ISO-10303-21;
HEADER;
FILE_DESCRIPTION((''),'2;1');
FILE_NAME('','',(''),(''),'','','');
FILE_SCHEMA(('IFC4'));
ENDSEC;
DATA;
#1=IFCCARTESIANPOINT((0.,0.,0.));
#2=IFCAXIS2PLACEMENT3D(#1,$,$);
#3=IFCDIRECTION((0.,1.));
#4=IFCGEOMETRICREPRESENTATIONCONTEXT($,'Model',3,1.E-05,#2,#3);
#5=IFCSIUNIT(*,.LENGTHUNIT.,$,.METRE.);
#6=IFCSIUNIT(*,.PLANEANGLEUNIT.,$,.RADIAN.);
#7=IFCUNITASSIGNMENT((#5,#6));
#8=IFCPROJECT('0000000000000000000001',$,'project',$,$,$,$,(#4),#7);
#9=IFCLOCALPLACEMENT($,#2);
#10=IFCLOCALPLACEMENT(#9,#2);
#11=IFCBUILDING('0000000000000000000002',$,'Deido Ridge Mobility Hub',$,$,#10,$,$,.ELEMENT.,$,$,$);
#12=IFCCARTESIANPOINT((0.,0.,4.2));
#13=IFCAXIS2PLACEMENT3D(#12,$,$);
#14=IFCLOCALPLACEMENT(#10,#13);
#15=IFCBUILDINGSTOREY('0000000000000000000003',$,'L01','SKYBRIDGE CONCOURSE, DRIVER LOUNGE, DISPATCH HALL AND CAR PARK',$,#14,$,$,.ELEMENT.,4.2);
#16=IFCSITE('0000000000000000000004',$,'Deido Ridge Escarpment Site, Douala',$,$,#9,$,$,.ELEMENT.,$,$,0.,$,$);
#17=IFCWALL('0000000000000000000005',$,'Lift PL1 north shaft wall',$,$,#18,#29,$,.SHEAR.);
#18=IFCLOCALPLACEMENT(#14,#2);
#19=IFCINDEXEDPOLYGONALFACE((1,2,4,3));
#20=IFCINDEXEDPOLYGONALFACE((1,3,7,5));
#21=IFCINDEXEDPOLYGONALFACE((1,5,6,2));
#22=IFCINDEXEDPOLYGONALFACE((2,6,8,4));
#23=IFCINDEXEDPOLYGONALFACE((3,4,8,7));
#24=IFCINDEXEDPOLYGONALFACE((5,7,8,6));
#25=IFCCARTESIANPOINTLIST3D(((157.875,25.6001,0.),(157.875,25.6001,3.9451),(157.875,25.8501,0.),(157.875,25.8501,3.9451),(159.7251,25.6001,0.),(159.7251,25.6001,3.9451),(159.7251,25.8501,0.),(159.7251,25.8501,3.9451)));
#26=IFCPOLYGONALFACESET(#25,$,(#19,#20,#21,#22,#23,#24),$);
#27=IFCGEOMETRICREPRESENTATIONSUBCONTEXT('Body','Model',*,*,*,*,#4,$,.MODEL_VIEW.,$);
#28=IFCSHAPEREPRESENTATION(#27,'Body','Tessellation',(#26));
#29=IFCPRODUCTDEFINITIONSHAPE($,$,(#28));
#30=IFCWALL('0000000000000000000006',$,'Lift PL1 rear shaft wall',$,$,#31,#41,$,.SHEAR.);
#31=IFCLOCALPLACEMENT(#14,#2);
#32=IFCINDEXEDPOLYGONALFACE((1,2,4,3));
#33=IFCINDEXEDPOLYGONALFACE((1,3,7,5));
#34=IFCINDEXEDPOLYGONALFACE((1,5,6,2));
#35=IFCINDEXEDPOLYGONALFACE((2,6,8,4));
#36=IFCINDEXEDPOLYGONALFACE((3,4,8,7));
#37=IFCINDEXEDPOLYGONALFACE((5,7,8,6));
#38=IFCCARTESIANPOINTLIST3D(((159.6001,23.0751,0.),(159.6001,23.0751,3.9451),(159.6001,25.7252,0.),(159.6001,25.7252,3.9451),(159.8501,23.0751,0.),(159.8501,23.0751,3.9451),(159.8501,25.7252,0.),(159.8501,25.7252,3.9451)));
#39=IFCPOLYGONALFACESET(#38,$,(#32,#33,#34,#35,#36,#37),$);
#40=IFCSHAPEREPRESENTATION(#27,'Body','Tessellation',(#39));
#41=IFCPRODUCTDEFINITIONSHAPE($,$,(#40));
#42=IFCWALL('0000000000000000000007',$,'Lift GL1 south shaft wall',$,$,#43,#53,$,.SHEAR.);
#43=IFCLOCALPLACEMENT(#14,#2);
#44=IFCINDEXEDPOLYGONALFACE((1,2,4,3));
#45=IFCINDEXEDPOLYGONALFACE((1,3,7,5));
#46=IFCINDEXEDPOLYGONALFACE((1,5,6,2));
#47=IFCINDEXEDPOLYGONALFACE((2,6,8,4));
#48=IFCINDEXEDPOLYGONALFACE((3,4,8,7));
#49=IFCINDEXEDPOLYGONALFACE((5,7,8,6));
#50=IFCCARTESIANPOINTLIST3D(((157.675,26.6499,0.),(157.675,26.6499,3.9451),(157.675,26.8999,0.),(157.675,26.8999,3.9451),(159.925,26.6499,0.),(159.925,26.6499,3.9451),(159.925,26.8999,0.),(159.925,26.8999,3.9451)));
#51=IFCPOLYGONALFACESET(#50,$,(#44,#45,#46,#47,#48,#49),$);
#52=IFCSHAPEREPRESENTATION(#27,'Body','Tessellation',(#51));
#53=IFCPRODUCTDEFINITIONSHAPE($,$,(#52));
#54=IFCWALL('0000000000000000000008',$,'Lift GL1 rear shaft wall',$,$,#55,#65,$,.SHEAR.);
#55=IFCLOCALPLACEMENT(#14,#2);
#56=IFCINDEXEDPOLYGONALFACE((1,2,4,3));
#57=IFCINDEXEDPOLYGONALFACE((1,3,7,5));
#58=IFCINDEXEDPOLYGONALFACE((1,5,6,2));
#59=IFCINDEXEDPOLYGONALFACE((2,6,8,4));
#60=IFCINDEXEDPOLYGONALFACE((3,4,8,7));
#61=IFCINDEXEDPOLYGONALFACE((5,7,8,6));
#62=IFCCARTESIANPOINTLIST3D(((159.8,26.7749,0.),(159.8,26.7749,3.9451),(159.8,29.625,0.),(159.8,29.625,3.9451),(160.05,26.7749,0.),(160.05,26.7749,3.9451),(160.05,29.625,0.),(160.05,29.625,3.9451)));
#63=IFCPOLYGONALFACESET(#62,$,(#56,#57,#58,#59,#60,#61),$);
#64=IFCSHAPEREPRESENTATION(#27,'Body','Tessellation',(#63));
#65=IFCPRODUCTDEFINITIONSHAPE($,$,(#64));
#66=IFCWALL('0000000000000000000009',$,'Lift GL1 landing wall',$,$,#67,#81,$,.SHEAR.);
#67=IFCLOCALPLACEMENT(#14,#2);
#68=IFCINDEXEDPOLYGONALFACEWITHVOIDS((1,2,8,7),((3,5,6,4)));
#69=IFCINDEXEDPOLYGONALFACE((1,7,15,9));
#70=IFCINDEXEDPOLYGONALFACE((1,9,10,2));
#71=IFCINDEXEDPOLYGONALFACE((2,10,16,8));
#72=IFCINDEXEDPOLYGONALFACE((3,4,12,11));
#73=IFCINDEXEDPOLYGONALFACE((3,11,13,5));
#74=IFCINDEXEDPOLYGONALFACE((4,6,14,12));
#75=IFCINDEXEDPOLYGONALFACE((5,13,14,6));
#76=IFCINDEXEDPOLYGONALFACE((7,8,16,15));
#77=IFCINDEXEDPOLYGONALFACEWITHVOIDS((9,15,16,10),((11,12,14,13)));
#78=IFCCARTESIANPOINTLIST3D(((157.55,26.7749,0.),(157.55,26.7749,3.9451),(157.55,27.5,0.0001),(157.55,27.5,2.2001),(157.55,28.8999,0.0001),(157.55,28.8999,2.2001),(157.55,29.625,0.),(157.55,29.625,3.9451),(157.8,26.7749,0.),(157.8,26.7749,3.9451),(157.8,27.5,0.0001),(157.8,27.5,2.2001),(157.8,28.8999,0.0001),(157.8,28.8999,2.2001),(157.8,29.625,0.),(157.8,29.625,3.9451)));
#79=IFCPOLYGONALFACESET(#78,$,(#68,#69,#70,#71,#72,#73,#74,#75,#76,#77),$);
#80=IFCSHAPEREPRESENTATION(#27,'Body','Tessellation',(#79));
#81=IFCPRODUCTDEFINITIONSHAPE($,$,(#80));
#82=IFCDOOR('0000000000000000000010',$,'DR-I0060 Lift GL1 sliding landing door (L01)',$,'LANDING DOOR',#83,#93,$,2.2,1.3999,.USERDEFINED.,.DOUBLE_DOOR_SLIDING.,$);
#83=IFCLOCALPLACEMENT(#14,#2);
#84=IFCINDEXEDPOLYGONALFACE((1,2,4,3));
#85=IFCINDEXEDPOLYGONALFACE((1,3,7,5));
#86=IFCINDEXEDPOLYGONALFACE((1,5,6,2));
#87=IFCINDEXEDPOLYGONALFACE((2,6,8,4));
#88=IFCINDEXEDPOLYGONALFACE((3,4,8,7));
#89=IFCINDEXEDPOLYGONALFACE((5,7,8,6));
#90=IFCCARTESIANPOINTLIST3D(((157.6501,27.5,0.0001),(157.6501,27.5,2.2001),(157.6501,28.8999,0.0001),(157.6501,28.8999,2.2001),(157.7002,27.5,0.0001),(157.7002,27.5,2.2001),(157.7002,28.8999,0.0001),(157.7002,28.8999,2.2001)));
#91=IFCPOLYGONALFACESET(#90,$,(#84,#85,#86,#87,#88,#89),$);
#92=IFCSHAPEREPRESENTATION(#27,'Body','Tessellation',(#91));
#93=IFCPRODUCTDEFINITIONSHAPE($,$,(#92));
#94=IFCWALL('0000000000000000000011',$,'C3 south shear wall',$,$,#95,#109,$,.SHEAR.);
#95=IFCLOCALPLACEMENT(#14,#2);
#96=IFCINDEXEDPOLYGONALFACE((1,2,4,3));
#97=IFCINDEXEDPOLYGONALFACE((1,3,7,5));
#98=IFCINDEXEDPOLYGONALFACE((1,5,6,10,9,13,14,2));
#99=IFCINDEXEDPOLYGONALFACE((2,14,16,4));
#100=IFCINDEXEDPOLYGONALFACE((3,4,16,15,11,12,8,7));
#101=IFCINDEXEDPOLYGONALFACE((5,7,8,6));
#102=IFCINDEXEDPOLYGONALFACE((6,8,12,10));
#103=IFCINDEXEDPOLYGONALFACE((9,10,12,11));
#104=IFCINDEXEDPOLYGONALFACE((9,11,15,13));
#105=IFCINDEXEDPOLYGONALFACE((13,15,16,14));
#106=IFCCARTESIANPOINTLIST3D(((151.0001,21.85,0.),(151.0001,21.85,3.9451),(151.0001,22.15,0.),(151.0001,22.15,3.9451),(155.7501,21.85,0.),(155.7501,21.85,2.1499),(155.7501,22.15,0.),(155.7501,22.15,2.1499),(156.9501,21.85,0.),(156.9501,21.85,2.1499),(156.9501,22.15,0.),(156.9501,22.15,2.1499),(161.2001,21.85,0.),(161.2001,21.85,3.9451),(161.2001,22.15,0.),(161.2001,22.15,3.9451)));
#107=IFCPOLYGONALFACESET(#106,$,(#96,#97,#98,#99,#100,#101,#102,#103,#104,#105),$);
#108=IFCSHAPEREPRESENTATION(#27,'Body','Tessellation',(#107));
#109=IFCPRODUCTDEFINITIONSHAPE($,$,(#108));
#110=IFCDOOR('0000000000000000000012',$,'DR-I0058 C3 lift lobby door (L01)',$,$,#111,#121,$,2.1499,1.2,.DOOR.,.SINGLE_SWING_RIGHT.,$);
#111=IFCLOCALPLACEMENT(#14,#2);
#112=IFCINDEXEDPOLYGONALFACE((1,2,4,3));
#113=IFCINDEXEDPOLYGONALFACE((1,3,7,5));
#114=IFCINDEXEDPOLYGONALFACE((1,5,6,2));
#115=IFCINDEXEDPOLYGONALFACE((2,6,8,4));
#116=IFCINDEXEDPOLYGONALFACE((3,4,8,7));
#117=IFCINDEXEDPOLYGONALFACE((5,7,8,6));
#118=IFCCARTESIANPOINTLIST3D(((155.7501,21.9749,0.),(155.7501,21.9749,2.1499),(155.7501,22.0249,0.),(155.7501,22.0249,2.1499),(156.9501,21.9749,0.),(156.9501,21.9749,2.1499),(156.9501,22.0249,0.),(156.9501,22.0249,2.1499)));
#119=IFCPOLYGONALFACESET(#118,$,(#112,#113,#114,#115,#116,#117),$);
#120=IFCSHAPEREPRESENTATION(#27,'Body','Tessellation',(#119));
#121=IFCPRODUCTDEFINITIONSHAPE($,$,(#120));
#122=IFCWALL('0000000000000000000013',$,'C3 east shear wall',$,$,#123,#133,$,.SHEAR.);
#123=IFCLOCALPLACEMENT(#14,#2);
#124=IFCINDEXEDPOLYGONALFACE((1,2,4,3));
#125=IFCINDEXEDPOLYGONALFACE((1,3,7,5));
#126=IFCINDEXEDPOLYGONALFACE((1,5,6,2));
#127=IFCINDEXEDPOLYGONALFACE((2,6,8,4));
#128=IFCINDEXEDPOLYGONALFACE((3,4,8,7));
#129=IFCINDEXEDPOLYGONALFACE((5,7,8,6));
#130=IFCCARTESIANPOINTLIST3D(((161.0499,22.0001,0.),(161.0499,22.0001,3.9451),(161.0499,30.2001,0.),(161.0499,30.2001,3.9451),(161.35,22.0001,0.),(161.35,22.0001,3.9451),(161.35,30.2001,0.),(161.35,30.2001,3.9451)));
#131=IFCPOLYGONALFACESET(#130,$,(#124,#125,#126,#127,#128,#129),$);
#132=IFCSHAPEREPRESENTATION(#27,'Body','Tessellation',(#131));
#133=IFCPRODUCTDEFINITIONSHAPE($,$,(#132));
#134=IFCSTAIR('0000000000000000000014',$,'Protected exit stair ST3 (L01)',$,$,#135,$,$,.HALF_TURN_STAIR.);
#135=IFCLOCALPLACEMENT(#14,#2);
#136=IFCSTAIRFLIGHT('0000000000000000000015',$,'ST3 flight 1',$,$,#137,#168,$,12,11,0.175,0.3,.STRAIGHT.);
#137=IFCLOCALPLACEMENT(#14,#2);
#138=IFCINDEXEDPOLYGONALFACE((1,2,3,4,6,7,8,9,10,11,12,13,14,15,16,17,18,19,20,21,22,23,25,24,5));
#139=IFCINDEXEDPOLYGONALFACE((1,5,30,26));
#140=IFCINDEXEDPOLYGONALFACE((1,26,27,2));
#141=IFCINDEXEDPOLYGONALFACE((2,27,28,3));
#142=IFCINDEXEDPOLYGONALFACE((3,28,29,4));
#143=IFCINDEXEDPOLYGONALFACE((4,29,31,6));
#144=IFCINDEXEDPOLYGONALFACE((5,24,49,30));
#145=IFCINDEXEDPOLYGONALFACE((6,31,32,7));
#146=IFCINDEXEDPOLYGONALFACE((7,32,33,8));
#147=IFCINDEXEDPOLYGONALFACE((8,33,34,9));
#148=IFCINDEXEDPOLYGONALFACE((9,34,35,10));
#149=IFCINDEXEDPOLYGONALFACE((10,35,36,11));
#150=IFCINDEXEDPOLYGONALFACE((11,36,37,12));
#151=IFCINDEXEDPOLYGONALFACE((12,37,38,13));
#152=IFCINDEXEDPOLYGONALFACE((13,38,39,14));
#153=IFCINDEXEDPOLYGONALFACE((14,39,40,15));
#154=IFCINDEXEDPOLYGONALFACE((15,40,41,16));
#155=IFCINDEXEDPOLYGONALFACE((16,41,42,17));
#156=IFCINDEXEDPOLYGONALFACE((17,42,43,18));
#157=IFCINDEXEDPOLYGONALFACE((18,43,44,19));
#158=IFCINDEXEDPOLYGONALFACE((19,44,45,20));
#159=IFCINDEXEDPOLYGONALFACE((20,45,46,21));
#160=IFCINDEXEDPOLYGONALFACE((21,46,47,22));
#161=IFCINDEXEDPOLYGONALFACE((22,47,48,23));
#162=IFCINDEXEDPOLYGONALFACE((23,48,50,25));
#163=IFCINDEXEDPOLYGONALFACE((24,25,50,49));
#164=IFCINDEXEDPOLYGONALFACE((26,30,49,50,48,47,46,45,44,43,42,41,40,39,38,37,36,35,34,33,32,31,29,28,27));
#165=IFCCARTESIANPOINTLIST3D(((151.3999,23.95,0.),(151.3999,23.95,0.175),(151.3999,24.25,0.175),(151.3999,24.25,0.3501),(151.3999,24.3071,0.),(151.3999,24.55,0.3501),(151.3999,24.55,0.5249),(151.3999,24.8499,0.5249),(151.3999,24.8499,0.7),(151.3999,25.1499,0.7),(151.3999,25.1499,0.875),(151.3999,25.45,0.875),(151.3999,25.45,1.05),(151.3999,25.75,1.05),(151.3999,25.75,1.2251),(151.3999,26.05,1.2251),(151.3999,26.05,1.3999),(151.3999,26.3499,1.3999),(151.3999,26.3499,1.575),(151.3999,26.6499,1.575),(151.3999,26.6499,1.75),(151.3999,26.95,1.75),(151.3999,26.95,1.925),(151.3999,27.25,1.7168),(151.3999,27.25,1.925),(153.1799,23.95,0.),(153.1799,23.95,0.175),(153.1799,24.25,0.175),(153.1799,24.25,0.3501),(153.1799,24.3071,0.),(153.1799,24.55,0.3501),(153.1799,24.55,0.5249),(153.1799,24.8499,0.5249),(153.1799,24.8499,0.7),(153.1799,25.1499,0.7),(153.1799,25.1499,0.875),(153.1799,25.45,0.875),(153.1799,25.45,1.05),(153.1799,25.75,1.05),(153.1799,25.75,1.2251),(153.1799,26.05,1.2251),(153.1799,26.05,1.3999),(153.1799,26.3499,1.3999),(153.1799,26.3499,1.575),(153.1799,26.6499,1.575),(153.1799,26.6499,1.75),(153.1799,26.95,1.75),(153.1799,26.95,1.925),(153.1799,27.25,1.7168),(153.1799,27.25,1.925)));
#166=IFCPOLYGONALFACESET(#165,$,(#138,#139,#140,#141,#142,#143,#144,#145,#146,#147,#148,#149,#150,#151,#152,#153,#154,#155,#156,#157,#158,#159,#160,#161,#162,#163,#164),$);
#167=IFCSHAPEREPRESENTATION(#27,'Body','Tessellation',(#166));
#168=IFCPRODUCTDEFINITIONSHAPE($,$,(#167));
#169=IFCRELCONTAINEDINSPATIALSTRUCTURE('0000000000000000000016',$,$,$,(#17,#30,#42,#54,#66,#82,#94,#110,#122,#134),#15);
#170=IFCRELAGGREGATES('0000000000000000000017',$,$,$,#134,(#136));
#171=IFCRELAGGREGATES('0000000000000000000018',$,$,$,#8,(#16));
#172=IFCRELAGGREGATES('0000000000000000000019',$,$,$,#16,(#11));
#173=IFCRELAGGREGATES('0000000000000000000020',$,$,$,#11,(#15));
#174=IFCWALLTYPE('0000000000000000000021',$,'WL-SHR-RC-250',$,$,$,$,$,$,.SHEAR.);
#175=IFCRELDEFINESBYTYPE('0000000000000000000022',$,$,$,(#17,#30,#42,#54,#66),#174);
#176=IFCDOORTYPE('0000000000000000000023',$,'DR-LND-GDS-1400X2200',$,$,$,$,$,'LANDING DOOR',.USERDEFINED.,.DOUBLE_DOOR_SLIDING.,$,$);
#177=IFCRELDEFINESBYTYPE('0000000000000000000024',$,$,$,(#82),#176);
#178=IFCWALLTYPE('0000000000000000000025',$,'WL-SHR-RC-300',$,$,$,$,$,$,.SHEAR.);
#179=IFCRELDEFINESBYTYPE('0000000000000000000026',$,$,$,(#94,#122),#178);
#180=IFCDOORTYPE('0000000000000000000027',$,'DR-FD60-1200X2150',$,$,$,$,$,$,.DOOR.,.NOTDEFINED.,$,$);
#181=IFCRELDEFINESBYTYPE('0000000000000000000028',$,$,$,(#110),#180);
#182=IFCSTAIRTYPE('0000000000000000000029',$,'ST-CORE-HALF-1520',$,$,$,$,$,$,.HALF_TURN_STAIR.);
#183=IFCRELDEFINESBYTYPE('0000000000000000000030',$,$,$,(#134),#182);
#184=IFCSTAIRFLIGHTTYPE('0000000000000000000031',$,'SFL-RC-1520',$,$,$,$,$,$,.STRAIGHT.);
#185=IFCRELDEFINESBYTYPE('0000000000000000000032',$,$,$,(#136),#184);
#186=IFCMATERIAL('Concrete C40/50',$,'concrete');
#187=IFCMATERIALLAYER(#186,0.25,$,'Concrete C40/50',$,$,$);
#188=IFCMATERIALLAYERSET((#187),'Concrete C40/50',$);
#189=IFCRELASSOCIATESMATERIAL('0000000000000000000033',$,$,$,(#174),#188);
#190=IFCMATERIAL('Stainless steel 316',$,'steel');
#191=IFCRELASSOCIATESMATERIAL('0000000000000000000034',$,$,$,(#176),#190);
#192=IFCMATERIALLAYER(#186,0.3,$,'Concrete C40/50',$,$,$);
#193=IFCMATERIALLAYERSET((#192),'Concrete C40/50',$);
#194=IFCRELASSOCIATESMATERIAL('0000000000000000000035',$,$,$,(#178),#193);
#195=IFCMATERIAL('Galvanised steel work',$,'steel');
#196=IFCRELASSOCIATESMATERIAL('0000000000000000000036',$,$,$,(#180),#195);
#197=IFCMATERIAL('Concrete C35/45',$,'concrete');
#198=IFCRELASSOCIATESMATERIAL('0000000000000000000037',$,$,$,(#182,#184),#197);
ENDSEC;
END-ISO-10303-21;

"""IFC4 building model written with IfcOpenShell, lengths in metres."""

from ifc_helpers import new_model, si_unit, direction, frame, frame_2d, origin, place, context, subcontext, project, spatial, polyline, rectangle, outline, extrude, material, layer, layer_set, type_object, element, fill, aggregate, save


model = new_model("IFC4")

# Units and contexts
model_context = context("Model", 3, precision=1e-05, world=origin(), true_north=direction((0.0, 1.0)))
body_context = subcontext(model_context, "Body", "Model", "MODEL_VIEW")
ifc_project = project(units=[si_unit("LENGTHUNIT", "METRE"), si_unit("PLANEANGLEUNIT", "RADIAN")], contexts=[model_context])

# Site, building, storey
site_placement = place(None, origin())
site = spatial("IfcSite", under=ifc_project, at=site_placement, Name="Deido Ridge Escarpment Site, Douala", CompositionType="ELEMENT", RefElevation=0.0)
building_placement = place(site_placement, origin())
building = spatial("IfcBuilding", under=site, at=building_placement, Name="Deido Ridge Mobility Hub", CompositionType="ELEMENT")
storey_placement = place(building_placement, frame((0.0, 0.0, 4.2)))
storey = spatial("IfcBuildingStorey", under=building, at=storey_placement, Name="L01", Description="SKYBRIDGE CONCOURSE, DRIVER LOUNGE, DISPATCH HALL AND CAR PARK", CompositionType="ELEMENT", Elevation=4.2)

# Shared definitions
ifc_material_1 = material(Name="Concrete C40/50", Category="concrete")
ifc_layer_1 = layer(ifc_material_1, 0.25, Name="Concrete C40/50")
ifc_layer_set_1 = layer_set([ifc_layer_1], Name="Concrete C40/50")
wall_type_1 = type_object("IfcWallType", Name="WL-SHR-RC-250", PredefinedType="SHEAR", material=ifc_layer_set_1)
ifc_material_2 = material(Name="Galvanised steel work", Category="steel")

# Walls
for number, where, z_axis, x_axis, name in (
    (1, (157.875, 25.7251, 0.0), (0.0, 0.0, 1.0), (1.0, 0.0, 0.0), "Lift PL1 north shaft wall"),
):
    element("IfcWall", number, at=place(storey_placement, frame(where, z_axis=z_axis, x_axis=x_axis)), inside=storey, type_object=wall_type_1, Name=name, PredefinedType="SHEAR", context=body_context, shape_type="SweptSolid", body=[
        extrude(rectangle(XDim=1.8501, YDim=0.25, at=frame_2d((0.925, 0.0))), origin(), (0.0, 0.0, 1.0), 3.9451),
    ])
wall_1_placement = place(storey_placement, frame((159.7251, 23.075, 0.0), z_axis=(0.0, 0.0, 1.0), x_axis=(0.0, 1.0, 0.0)))
element("IfcWall", 2, at=wall_1_placement, inside=storey, type_object=wall_type_1, Name="Lift PL1 rear shaft wall", PredefinedType="SHEAR", context=body_context, shape_type="SweptSolid", body=[
    extrude(rectangle(XDim=2.6501, YDim=0.25, at=frame_2d((1.3252, 0.0))), origin(), (0.0, 0.0, 1.0), 3.9451),
])

# Shared definitions
ifc_material_3 = material(Name="Stainless steel 316", Category="steel")

# Walls
wall_2_placement = place(storey_placement, frame((157.675, 26.7749, 0.0), z_axis=(0.0, 0.0, 1.0), x_axis=(1.0, 0.0, 0.0)))
element("IfcWall", 3, at=wall_2_placement, inside=storey, type_object=wall_type_1, Name="Lift GL1 south shaft wall", PredefinedType="SHEAR", context=body_context, shape_type="SweptSolid", body=[
    extrude(rectangle(XDim=2.25, YDim=0.25, at=frame_2d((1.125, 0.0))), origin(), (0.0, 0.0, 1.0), 3.9451),
])
wall_3_placement = place(storey_placement, frame((159.925, 26.7749, 0.0), z_axis=(0.0, 0.0, 1.0), x_axis=(0.0, 1.0, 0.0)))
element("IfcWall", 4, at=wall_3_placement, inside=storey, type_object=wall_type_1, Name="Lift GL1 rear shaft wall", PredefinedType="SHEAR", context=body_context, shape_type="SweptSolid", body=[
    extrude(rectangle(XDim=2.8501, YDim=0.25, at=frame_2d((1.425, 0.0))), origin(), (0.0, 0.0, 1.0), 3.9451),
])

# Walls, openings, doors
wall_4_placement = place(storey_placement, frame((157.675, 26.7749, 0.0), z_axis=(0.0, 0.0, 1.0), x_axis=(0.0, 1.0, 0.0)))
wall_4 = element("IfcWall", 5, at=wall_4_placement, inside=storey, type_object=wall_type_1, Name="Lift GL1 landing wall", PredefinedType="SHEAR", context=body_context, shape_type="SweptSolid", body=[
    extrude(rectangle(XDim=2.8501, YDim=0.25, at=frame_2d((1.425, 0.0))), origin(), (0.0, 0.0, 1.0), 3.9451),
])
opening_1_placement = place(wall_4_placement, frame((0.7251, 0.0, 0.0)))
opening_1 = element("IfcOpeningElement", 6, at=opening_1_placement, cuts=wall_4, PredefinedType="OPENING", context=body_context, shape_type="SweptSolid", body=[
    extrude(rectangle(XDim=1.3999, YDim=2.2, at=frame_2d((0.7, 1.1001))), frame((0.0, 0.135, 0.0), z_axis=(0.0, -1.0, 0.0), x_axis=(1.0, 0.0, 0.0)), (0.0, 0.0, 1.0), 0.27),
])
door_type_1 = type_object("IfcDoorType", Name="DR-LND-GDS-1400X2200", ElementType="LANDING DOOR", OperationType="DOUBLE_DOOR_SLIDING", PredefinedType="USERDEFINED", material=ifc_material_3)
door_1_placement = place(opening_1_placement, origin())
door_1 = element("IfcDoor", 7, at=door_1_placement, inside=storey, type_object=door_type_1, Name="DR-I0060 Lift GL1 sliding landing door (L01)", ObjectType="LANDING DOOR", OperationType="DOUBLE_DOOR_SLIDING", OverallHeight=2.2, OverallWidth=1.3999, PredefinedType="USERDEFINED", context=body_context, shape_type="SweptSolid", body=[
    extrude(rectangle(XDim=1.3999, YDim=2.2, at=frame_2d((0.7, 1.1001))), frame((0.0, 0.0249, 0.0), z_axis=(0.0, -1.0, 0.0), x_axis=(1.0, 0.0, 0.0)), (0.0, 0.0, 1.0), 0.05),
])
fill(opening_1, door_1)
ifc_layer_2 = layer(ifc_material_1, 0.3, Name="Concrete C40/50")
ifc_layer_set_2 = layer_set([ifc_layer_2], Name="Concrete C40/50")
wall_type_2 = type_object("IfcWallType", Name="WL-SHR-RC-300", PredefinedType="SHEAR", material=ifc_layer_set_2)
wall_5_placement = place(storey_placement, frame((151.0, 22.0, 0.0), z_axis=(0.0, 0.0, 1.0), x_axis=(1.0, 0.0, 0.0)))
wall_5 = element("IfcWall", 8, at=wall_5_placement, inside=storey, type_object=wall_type_2, Name="C3 south shear wall", PredefinedType="SHEAR", context=body_context, shape_type="SweptSolid", body=[
    extrude(rectangle(XDim=10.2, YDim=0.3, at=frame_2d((5.1001, 0.0))), origin(), (0.0, 0.0, 1.0), 3.9451),
])
opening_2_placement = place(wall_5_placement, frame((4.75, 0.0, 0.0)))
opening_2 = element("IfcOpeningElement", 9, at=opening_2_placement, cuts=wall_5, PredefinedType="OPENING", context=body_context, shape_type="SweptSolid", body=[
    extrude(rectangle(XDim=1.2, YDim=2.1499, at=frame_2d((0.6001, 1.075))), frame((0.0, 0.1602, 0.0), z_axis=(0.0, -1.0, 0.0), x_axis=(1.0, 0.0, 0.0)), (0.0, 0.0, 1.0), 0.3201),
])
door_type_2 = type_object("IfcDoorType", Name="DR-FD60-1200X2150", OperationType="NOTDEFINED", PredefinedType="DOOR", material=ifc_material_2)
door_2_placement = place(opening_2_placement, origin())
door_2 = element("IfcDoor", 10, at=door_2_placement, inside=storey, type_object=door_type_2, Name="DR-I0058 C3 lift lobby door (L01)", OperationType="SINGLE_SWING_RIGHT", OverallHeight=2.1499, OverallWidth=1.2, PredefinedType="DOOR", context=body_context, shape_type="SweptSolid", body=[
    extrude(rectangle(XDim=1.2, YDim=2.1499, at=frame_2d((0.6001, 1.075))), frame((0.0, 0.0249, 0.0), z_axis=(0.0, -1.0, 0.0), x_axis=(1.0, 0.0, 0.0)), (0.0, 0.0, 1.0), 0.05),
])
fill(opening_2, door_2)

# Wall
wall_6_placement = place(storey_placement, frame((161.2, 22.0, 0.0), z_axis=(0.0, 0.0, 1.0), x_axis=(0.0, 1.0, 0.0)))
element("IfcWall", 11, at=wall_6_placement, inside=storey, type_object=wall_type_2, Name="C3 east shear wall", PredefinedType="SHEAR", context=body_context, shape_type="SweptSolid", body=[
    extrude(rectangle(XDim=8.2, YDim=0.3, at=frame_2d((4.1001, 0.0))), origin(), (0.0, 0.0, 1.0), 3.9451),
])

# Stair, stair flight
ifc_material_4 = material(Name="Concrete C35/45", Category="concrete")
stair_type = type_object("IfcStairType", Name="ST-CORE-HALF-1520", PredefinedType="HALF_TURN_STAIR", material=ifc_material_4)
stair_placement = place(storey_placement, origin())
stair = element("IfcStair", 12, at=stair_placement, inside=storey, type_object=stair_type, Name="Protected exit stair ST3 (L01)", PredefinedType="HALF_TURN_STAIR")
stair_flight_type = type_object("IfcStairFlightType", Name="SFL-RC-1520", PredefinedType="STRAIGHT", material=ifc_material_4)
stair_flight_placement = place(storey_placement, frame((152.29, 23.95, 0.0), z_axis=(0.0, 0.0, 1.0), x_axis=(0.0, 1.0, 0.0)))
stair_flight = element("IfcStairFlight", 13, at=stair_flight_placement, type_object=stair_flight_type, Name="ST3 flight 1", NumberOfRisers=12, NumberOfTreads=11, PredefinedType="STRAIGHT", RiserHeight=0.175, TreadLength=0.3, context=body_context, shape_type="SweptSolid", body=[
    extrude(outline(polyline([(0.0, 0.0), (0.0, 0.175), (0.3, 0.175), (0.3, 0.3501), (0.6001, 0.3501), (0.6001, 0.5249), (0.8999, 0.5249), (0.8999, 0.7), (1.2, 0.7), (1.2, 0.875), (1.5, 0.875), (1.5, 1.05), (1.8, 1.05), (1.8, 1.2251), (2.1001, 1.2251), (2.1001, 1.3999), (2.3999, 1.3999), (2.3999, 1.575), (2.7, 1.575), (2.7, 1.75), (3.0, 1.75), (3.0, 1.925), (3.3, 1.925), (3.3, 2.1001), (3.3, 1.7168), (0.3572, 0.0), (0.0, 0.0)])), frame((0.0, 0.8901, 0.0), z_axis=(0.0, -1.0, 0.0), x_axis=(1.0, 0.0, 0.0)), (0.0, 0.0, 1.0), 1.78),
])
aggregate(stair, [stair_flight])

save(model, "model.ifc")
